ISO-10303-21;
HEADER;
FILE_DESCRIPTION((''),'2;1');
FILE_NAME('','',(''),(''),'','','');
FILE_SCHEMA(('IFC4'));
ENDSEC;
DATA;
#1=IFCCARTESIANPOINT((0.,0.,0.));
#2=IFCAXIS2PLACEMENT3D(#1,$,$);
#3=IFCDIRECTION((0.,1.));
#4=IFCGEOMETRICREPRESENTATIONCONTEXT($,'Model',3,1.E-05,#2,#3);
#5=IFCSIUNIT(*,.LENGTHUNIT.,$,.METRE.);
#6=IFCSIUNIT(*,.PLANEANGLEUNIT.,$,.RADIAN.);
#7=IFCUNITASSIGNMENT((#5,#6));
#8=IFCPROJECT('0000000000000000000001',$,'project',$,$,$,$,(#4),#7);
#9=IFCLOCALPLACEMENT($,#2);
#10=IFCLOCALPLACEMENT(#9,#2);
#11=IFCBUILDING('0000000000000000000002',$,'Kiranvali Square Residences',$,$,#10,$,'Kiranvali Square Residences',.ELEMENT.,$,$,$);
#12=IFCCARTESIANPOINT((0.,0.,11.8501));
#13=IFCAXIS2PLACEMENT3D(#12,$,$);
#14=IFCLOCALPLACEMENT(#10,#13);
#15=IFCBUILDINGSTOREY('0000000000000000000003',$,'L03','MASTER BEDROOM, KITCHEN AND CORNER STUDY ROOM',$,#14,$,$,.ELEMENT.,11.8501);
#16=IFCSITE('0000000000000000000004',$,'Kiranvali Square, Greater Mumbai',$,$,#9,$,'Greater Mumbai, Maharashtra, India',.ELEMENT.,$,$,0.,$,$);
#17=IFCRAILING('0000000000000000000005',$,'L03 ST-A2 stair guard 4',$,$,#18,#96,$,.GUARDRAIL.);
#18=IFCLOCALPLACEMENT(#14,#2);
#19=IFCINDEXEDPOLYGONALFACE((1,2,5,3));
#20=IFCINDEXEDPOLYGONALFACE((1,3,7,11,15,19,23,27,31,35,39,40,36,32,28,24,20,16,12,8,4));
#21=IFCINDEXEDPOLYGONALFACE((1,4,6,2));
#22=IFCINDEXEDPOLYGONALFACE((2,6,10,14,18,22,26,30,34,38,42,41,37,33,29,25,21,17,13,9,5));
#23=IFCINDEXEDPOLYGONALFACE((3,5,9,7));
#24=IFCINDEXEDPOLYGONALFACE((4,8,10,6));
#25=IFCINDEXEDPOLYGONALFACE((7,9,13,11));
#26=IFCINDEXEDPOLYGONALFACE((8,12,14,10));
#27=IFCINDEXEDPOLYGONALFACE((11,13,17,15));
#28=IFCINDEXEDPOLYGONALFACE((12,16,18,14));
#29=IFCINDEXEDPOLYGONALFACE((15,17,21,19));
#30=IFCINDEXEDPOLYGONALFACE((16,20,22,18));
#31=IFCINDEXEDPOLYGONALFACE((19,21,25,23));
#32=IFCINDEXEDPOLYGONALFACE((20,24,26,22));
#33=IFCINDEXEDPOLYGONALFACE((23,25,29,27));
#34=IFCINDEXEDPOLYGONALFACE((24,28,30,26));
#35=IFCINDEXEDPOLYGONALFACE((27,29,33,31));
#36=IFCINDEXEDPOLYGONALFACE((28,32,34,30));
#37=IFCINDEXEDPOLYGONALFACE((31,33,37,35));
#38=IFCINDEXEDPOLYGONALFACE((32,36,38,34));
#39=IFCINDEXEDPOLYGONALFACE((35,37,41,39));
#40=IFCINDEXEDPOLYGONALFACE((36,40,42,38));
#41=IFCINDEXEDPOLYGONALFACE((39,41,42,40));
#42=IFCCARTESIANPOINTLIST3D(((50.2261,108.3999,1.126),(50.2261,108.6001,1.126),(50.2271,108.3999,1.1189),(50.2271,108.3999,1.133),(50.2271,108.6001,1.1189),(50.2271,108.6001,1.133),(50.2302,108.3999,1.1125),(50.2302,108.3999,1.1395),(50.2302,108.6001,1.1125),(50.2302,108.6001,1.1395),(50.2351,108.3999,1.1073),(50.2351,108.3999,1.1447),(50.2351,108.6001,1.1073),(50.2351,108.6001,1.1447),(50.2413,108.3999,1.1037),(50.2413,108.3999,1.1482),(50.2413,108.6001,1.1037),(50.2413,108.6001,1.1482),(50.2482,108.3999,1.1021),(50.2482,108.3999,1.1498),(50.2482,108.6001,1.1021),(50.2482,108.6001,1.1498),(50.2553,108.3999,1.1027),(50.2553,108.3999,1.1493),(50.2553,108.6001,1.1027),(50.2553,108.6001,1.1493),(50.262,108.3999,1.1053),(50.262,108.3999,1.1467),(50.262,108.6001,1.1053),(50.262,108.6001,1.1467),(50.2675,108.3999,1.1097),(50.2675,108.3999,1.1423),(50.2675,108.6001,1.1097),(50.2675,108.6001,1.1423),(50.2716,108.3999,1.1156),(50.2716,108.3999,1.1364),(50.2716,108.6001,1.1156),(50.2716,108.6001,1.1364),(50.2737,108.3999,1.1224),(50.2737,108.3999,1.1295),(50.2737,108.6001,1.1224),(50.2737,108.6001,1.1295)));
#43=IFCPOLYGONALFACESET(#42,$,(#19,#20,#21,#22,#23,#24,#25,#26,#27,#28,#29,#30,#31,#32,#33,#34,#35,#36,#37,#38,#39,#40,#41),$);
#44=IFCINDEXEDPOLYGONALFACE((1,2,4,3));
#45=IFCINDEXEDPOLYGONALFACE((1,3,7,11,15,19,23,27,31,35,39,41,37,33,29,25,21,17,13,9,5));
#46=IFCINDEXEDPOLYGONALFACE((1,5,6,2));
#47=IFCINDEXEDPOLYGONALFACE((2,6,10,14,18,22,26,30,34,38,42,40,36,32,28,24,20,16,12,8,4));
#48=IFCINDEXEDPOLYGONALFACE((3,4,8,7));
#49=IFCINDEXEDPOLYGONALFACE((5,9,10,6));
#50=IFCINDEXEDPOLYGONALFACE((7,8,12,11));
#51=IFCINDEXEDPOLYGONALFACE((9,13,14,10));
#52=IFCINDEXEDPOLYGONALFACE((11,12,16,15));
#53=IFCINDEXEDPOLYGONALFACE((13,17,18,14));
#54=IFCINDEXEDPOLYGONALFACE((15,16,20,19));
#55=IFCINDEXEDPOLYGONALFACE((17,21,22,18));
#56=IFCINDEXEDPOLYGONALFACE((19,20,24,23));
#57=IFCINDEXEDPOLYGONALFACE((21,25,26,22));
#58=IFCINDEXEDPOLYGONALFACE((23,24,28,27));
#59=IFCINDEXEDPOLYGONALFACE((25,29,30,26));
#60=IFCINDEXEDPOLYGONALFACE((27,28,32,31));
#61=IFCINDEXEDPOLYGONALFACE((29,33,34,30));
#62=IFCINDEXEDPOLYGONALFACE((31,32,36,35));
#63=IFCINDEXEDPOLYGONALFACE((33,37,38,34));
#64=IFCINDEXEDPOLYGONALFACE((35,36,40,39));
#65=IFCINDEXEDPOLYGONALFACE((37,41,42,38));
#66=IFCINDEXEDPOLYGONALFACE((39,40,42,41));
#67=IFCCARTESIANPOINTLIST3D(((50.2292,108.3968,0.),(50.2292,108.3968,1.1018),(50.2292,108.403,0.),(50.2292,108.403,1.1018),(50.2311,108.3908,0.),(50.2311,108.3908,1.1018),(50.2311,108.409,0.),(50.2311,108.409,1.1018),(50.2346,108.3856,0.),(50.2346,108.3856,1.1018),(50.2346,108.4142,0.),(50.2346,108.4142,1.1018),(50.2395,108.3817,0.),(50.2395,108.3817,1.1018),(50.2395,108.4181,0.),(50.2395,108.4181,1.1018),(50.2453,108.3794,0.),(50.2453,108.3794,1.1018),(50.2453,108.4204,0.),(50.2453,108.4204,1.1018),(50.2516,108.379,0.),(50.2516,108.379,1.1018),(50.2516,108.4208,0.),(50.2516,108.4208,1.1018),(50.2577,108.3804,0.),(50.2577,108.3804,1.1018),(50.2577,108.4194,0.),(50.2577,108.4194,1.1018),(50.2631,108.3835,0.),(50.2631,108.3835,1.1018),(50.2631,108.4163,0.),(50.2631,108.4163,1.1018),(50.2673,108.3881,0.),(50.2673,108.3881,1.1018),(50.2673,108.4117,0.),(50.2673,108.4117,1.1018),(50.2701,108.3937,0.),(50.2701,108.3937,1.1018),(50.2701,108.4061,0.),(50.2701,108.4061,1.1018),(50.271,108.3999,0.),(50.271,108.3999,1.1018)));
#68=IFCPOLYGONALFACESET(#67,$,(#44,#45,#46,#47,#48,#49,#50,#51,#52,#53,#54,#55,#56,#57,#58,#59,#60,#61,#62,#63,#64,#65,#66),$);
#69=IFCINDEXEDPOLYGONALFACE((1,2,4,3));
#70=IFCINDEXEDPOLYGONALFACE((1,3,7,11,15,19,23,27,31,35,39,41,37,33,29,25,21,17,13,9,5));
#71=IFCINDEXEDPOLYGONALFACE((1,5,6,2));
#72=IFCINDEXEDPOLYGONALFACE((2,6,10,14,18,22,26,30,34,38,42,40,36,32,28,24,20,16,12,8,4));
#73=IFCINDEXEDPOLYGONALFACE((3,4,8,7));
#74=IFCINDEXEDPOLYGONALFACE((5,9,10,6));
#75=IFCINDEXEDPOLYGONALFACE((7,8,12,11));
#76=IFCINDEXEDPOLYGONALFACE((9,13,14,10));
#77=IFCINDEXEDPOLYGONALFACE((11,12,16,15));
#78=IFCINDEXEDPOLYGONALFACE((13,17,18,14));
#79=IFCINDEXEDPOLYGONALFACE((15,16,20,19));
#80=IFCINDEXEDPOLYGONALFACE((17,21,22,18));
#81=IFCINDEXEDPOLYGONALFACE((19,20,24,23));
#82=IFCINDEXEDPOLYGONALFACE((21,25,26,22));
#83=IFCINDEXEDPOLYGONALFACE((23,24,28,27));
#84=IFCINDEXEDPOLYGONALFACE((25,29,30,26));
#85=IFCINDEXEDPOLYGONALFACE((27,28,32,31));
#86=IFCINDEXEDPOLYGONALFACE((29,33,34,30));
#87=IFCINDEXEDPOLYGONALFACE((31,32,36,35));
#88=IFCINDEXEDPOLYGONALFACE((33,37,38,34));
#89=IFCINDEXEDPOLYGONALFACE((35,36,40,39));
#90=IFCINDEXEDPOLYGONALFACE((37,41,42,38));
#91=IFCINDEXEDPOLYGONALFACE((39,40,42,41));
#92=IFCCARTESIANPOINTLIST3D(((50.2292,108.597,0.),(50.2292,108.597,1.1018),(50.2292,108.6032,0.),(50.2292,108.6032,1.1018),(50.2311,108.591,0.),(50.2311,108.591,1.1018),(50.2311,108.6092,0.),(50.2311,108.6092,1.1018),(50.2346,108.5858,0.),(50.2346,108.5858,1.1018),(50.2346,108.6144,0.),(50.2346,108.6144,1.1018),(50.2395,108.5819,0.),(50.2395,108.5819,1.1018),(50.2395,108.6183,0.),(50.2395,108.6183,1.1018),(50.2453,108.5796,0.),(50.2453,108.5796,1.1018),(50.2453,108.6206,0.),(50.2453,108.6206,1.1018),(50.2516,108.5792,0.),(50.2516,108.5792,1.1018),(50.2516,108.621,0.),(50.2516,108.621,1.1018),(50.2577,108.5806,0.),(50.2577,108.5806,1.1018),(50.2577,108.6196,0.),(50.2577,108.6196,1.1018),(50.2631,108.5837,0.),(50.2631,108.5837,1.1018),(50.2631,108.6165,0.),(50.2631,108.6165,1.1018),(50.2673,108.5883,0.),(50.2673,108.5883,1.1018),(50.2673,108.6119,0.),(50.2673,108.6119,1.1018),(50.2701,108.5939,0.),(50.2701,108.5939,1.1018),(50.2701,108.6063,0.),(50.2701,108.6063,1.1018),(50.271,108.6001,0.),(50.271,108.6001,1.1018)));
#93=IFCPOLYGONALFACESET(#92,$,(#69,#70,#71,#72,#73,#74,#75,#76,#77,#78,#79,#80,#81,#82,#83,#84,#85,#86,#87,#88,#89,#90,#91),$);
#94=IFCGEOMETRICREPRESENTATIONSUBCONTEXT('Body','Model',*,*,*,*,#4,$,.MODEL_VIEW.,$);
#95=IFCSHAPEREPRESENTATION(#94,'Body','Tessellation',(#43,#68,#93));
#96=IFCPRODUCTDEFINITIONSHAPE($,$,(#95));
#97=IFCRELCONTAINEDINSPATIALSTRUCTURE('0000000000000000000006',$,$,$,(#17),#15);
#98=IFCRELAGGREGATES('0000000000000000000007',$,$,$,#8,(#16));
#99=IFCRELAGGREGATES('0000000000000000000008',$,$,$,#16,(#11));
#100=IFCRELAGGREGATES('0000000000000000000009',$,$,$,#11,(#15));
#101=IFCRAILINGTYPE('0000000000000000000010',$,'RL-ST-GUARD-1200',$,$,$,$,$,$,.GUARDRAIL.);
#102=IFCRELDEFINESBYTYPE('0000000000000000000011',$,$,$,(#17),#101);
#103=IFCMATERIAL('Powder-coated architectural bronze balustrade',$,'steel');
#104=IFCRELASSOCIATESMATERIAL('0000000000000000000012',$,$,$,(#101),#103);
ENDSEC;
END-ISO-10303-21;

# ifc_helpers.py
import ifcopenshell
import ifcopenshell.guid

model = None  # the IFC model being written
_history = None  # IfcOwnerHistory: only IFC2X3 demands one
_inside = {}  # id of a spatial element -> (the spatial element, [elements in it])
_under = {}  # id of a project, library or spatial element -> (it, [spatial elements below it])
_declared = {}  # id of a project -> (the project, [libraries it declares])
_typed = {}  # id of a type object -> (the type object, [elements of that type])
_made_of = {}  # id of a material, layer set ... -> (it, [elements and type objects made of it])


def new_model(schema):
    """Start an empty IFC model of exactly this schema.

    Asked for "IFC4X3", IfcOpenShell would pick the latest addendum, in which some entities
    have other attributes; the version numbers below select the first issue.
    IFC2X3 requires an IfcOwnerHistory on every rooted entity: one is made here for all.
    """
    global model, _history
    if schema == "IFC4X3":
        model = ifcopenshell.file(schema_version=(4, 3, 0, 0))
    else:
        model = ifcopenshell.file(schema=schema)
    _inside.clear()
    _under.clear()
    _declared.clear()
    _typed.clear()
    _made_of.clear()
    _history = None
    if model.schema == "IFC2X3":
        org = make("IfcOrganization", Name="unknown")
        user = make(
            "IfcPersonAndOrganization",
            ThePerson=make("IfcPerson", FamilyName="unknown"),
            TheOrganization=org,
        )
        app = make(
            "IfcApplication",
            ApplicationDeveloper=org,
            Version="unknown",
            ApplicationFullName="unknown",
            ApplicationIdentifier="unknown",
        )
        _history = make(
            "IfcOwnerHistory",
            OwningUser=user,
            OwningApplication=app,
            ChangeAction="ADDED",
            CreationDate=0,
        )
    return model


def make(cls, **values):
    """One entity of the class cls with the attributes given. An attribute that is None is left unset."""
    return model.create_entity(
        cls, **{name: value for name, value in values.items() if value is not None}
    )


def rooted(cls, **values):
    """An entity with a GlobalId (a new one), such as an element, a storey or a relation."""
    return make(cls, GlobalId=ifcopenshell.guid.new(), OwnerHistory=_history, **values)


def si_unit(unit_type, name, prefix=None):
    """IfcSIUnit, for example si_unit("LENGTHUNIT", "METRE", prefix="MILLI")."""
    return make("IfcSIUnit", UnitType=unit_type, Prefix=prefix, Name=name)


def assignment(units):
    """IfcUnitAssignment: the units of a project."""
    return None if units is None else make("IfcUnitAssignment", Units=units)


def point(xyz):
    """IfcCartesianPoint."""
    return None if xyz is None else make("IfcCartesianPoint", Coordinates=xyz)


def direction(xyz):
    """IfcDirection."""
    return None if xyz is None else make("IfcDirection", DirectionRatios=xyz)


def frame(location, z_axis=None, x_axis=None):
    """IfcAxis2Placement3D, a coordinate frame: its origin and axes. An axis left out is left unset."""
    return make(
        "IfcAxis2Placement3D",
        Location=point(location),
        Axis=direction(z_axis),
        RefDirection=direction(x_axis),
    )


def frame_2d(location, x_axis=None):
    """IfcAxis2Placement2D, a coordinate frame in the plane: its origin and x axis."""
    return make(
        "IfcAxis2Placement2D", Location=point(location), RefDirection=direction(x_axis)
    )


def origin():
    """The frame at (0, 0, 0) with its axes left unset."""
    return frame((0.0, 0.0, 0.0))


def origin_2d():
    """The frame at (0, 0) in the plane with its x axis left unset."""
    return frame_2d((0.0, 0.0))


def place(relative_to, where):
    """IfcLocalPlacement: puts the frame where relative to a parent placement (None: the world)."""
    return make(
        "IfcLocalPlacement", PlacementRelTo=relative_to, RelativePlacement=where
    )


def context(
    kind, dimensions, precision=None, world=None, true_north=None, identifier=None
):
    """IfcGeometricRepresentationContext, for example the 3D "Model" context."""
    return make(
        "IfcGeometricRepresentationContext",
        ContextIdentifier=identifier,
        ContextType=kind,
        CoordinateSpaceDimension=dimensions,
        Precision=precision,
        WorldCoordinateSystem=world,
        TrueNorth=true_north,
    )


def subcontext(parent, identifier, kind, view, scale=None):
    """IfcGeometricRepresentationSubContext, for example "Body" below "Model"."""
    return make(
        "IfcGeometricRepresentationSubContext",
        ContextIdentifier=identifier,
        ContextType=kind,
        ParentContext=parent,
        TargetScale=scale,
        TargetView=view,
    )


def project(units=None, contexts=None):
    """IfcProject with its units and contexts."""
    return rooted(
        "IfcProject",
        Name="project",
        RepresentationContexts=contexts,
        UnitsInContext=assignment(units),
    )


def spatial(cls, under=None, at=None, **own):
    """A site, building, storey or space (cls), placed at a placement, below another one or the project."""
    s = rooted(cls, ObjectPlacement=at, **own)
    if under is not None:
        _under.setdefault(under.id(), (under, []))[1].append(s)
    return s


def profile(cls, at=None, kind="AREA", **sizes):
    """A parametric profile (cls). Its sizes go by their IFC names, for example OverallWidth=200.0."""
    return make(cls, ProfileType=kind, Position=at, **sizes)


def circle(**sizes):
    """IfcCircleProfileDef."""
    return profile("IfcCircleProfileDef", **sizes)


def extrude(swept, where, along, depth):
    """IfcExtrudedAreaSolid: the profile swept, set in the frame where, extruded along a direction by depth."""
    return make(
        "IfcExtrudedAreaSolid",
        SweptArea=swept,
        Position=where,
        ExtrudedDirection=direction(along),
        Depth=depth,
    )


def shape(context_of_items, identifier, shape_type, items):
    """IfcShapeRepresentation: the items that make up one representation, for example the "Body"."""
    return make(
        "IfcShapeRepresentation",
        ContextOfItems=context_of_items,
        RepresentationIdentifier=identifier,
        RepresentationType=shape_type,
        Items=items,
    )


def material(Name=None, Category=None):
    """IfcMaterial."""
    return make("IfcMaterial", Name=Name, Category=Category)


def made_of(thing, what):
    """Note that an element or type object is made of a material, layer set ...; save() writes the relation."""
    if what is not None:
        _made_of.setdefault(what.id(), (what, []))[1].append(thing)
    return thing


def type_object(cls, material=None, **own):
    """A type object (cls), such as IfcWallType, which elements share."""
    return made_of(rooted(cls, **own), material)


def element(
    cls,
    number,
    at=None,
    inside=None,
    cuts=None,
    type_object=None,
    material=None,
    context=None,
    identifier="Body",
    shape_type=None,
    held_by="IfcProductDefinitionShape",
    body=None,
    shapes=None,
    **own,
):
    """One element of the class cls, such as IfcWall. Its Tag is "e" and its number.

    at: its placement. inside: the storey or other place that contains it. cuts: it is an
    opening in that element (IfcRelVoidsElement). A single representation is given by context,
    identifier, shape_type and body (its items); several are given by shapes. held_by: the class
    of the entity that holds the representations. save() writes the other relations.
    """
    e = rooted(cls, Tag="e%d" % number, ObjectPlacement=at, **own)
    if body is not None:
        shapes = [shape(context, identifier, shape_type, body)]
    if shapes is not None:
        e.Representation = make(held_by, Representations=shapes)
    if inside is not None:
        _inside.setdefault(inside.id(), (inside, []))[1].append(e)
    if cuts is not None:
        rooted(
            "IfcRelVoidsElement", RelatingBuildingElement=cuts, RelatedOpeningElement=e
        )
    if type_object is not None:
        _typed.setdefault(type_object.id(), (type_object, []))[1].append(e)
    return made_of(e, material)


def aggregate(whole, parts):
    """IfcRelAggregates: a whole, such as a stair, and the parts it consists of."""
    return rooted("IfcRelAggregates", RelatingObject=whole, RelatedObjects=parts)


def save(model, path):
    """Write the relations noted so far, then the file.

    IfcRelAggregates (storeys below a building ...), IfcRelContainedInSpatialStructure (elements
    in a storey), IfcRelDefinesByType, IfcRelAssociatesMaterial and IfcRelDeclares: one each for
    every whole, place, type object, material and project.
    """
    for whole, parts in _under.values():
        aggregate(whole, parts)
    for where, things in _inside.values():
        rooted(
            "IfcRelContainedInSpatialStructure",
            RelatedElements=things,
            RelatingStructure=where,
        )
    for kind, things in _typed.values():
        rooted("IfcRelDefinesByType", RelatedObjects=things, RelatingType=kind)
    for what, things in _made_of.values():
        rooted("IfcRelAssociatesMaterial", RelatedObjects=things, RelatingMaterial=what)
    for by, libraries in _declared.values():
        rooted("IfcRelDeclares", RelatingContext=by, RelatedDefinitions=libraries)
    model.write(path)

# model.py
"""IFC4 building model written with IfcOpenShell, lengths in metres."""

from ifc_helpers import new_model, si_unit, direction, frame, origin, origin_2d, place, context, subcontext, project, spatial, circle, extrude, material, type_object, element, save


model = new_model("IFC4")

# Units and contexts
model_context = context("Model", 3, precision=1e-05, world=origin(), true_north=direction((0.0, 1.0)))
body_context = subcontext(model_context, "Body", "Model", "MODEL_VIEW")
ifc_project = project(units=[si_unit("LENGTHUNIT", "METRE"), si_unit("PLANEANGLEUNIT", "RADIAN")], contexts=[model_context])

# Site, building, storey
site_placement = place(None, origin())
site = spatial("IfcSite", under=ifc_project, at=site_placement, Name="Kiranvali Square, Greater Mumbai", LongName="Greater Mumbai, Maharashtra, India", CompositionType="ELEMENT", RefElevation=0.0)
building_placement = place(site_placement, origin())
building = spatial("IfcBuilding", under=site, at=building_placement, Name="Kiranvali Square Residences", LongName="Kiranvali Square Residences", CompositionType="ELEMENT")
storey_placement = place(building_placement, frame((0.0, 0.0, 11.8501)))
storey = spatial("IfcBuildingStorey", under=building, at=storey_placement, Name="L03", Description="MASTER BEDROOM, KITCHEN AND CORNER STUDY ROOM", CompositionType="ELEMENT", Elevation=11.8501)

# Railing
ifc_material_1 = material(Name="Powder-coated architectural bronze balustrade", Category="steel")
railing_type_1 = type_object("IfcRailingType", Name="RL-ST-GUARD-1200", PredefinedType="GUARDRAIL", material=ifc_material_1)
railing_1_placement = place(storey_placement, frame((50.25, 108.3999, 0.0)))
element("IfcRailing", 1, at=railing_1_placement, inside=storey, type_object=railing_type_1, Name="L03 ST-A2 stair guard 4", PredefinedType="GUARDRAIL", context=body_context, shape_type="SweptSolid", body=[
    extrude(circle(Radius=0.0239, at=origin_2d()), frame((0.0, 0.0, 1.126), z_axis=(0.0, 1.0, 0.0), x_axis=(-1.0, 0.0, 0.0)), (0.0, 0.0, 1.0), 0.2002),
    extrude(circle(Radius=0.021, at=origin_2d()), origin(), (0.0, 0.0, 1.0), 1.1018),
    extrude(circle(Radius=0.021, at=origin_2d()), frame((0.0, 0.2002, 0.0)), (0.0, 0.0, 1.0), 1.1018),
])

save(model, "model.ifc")
